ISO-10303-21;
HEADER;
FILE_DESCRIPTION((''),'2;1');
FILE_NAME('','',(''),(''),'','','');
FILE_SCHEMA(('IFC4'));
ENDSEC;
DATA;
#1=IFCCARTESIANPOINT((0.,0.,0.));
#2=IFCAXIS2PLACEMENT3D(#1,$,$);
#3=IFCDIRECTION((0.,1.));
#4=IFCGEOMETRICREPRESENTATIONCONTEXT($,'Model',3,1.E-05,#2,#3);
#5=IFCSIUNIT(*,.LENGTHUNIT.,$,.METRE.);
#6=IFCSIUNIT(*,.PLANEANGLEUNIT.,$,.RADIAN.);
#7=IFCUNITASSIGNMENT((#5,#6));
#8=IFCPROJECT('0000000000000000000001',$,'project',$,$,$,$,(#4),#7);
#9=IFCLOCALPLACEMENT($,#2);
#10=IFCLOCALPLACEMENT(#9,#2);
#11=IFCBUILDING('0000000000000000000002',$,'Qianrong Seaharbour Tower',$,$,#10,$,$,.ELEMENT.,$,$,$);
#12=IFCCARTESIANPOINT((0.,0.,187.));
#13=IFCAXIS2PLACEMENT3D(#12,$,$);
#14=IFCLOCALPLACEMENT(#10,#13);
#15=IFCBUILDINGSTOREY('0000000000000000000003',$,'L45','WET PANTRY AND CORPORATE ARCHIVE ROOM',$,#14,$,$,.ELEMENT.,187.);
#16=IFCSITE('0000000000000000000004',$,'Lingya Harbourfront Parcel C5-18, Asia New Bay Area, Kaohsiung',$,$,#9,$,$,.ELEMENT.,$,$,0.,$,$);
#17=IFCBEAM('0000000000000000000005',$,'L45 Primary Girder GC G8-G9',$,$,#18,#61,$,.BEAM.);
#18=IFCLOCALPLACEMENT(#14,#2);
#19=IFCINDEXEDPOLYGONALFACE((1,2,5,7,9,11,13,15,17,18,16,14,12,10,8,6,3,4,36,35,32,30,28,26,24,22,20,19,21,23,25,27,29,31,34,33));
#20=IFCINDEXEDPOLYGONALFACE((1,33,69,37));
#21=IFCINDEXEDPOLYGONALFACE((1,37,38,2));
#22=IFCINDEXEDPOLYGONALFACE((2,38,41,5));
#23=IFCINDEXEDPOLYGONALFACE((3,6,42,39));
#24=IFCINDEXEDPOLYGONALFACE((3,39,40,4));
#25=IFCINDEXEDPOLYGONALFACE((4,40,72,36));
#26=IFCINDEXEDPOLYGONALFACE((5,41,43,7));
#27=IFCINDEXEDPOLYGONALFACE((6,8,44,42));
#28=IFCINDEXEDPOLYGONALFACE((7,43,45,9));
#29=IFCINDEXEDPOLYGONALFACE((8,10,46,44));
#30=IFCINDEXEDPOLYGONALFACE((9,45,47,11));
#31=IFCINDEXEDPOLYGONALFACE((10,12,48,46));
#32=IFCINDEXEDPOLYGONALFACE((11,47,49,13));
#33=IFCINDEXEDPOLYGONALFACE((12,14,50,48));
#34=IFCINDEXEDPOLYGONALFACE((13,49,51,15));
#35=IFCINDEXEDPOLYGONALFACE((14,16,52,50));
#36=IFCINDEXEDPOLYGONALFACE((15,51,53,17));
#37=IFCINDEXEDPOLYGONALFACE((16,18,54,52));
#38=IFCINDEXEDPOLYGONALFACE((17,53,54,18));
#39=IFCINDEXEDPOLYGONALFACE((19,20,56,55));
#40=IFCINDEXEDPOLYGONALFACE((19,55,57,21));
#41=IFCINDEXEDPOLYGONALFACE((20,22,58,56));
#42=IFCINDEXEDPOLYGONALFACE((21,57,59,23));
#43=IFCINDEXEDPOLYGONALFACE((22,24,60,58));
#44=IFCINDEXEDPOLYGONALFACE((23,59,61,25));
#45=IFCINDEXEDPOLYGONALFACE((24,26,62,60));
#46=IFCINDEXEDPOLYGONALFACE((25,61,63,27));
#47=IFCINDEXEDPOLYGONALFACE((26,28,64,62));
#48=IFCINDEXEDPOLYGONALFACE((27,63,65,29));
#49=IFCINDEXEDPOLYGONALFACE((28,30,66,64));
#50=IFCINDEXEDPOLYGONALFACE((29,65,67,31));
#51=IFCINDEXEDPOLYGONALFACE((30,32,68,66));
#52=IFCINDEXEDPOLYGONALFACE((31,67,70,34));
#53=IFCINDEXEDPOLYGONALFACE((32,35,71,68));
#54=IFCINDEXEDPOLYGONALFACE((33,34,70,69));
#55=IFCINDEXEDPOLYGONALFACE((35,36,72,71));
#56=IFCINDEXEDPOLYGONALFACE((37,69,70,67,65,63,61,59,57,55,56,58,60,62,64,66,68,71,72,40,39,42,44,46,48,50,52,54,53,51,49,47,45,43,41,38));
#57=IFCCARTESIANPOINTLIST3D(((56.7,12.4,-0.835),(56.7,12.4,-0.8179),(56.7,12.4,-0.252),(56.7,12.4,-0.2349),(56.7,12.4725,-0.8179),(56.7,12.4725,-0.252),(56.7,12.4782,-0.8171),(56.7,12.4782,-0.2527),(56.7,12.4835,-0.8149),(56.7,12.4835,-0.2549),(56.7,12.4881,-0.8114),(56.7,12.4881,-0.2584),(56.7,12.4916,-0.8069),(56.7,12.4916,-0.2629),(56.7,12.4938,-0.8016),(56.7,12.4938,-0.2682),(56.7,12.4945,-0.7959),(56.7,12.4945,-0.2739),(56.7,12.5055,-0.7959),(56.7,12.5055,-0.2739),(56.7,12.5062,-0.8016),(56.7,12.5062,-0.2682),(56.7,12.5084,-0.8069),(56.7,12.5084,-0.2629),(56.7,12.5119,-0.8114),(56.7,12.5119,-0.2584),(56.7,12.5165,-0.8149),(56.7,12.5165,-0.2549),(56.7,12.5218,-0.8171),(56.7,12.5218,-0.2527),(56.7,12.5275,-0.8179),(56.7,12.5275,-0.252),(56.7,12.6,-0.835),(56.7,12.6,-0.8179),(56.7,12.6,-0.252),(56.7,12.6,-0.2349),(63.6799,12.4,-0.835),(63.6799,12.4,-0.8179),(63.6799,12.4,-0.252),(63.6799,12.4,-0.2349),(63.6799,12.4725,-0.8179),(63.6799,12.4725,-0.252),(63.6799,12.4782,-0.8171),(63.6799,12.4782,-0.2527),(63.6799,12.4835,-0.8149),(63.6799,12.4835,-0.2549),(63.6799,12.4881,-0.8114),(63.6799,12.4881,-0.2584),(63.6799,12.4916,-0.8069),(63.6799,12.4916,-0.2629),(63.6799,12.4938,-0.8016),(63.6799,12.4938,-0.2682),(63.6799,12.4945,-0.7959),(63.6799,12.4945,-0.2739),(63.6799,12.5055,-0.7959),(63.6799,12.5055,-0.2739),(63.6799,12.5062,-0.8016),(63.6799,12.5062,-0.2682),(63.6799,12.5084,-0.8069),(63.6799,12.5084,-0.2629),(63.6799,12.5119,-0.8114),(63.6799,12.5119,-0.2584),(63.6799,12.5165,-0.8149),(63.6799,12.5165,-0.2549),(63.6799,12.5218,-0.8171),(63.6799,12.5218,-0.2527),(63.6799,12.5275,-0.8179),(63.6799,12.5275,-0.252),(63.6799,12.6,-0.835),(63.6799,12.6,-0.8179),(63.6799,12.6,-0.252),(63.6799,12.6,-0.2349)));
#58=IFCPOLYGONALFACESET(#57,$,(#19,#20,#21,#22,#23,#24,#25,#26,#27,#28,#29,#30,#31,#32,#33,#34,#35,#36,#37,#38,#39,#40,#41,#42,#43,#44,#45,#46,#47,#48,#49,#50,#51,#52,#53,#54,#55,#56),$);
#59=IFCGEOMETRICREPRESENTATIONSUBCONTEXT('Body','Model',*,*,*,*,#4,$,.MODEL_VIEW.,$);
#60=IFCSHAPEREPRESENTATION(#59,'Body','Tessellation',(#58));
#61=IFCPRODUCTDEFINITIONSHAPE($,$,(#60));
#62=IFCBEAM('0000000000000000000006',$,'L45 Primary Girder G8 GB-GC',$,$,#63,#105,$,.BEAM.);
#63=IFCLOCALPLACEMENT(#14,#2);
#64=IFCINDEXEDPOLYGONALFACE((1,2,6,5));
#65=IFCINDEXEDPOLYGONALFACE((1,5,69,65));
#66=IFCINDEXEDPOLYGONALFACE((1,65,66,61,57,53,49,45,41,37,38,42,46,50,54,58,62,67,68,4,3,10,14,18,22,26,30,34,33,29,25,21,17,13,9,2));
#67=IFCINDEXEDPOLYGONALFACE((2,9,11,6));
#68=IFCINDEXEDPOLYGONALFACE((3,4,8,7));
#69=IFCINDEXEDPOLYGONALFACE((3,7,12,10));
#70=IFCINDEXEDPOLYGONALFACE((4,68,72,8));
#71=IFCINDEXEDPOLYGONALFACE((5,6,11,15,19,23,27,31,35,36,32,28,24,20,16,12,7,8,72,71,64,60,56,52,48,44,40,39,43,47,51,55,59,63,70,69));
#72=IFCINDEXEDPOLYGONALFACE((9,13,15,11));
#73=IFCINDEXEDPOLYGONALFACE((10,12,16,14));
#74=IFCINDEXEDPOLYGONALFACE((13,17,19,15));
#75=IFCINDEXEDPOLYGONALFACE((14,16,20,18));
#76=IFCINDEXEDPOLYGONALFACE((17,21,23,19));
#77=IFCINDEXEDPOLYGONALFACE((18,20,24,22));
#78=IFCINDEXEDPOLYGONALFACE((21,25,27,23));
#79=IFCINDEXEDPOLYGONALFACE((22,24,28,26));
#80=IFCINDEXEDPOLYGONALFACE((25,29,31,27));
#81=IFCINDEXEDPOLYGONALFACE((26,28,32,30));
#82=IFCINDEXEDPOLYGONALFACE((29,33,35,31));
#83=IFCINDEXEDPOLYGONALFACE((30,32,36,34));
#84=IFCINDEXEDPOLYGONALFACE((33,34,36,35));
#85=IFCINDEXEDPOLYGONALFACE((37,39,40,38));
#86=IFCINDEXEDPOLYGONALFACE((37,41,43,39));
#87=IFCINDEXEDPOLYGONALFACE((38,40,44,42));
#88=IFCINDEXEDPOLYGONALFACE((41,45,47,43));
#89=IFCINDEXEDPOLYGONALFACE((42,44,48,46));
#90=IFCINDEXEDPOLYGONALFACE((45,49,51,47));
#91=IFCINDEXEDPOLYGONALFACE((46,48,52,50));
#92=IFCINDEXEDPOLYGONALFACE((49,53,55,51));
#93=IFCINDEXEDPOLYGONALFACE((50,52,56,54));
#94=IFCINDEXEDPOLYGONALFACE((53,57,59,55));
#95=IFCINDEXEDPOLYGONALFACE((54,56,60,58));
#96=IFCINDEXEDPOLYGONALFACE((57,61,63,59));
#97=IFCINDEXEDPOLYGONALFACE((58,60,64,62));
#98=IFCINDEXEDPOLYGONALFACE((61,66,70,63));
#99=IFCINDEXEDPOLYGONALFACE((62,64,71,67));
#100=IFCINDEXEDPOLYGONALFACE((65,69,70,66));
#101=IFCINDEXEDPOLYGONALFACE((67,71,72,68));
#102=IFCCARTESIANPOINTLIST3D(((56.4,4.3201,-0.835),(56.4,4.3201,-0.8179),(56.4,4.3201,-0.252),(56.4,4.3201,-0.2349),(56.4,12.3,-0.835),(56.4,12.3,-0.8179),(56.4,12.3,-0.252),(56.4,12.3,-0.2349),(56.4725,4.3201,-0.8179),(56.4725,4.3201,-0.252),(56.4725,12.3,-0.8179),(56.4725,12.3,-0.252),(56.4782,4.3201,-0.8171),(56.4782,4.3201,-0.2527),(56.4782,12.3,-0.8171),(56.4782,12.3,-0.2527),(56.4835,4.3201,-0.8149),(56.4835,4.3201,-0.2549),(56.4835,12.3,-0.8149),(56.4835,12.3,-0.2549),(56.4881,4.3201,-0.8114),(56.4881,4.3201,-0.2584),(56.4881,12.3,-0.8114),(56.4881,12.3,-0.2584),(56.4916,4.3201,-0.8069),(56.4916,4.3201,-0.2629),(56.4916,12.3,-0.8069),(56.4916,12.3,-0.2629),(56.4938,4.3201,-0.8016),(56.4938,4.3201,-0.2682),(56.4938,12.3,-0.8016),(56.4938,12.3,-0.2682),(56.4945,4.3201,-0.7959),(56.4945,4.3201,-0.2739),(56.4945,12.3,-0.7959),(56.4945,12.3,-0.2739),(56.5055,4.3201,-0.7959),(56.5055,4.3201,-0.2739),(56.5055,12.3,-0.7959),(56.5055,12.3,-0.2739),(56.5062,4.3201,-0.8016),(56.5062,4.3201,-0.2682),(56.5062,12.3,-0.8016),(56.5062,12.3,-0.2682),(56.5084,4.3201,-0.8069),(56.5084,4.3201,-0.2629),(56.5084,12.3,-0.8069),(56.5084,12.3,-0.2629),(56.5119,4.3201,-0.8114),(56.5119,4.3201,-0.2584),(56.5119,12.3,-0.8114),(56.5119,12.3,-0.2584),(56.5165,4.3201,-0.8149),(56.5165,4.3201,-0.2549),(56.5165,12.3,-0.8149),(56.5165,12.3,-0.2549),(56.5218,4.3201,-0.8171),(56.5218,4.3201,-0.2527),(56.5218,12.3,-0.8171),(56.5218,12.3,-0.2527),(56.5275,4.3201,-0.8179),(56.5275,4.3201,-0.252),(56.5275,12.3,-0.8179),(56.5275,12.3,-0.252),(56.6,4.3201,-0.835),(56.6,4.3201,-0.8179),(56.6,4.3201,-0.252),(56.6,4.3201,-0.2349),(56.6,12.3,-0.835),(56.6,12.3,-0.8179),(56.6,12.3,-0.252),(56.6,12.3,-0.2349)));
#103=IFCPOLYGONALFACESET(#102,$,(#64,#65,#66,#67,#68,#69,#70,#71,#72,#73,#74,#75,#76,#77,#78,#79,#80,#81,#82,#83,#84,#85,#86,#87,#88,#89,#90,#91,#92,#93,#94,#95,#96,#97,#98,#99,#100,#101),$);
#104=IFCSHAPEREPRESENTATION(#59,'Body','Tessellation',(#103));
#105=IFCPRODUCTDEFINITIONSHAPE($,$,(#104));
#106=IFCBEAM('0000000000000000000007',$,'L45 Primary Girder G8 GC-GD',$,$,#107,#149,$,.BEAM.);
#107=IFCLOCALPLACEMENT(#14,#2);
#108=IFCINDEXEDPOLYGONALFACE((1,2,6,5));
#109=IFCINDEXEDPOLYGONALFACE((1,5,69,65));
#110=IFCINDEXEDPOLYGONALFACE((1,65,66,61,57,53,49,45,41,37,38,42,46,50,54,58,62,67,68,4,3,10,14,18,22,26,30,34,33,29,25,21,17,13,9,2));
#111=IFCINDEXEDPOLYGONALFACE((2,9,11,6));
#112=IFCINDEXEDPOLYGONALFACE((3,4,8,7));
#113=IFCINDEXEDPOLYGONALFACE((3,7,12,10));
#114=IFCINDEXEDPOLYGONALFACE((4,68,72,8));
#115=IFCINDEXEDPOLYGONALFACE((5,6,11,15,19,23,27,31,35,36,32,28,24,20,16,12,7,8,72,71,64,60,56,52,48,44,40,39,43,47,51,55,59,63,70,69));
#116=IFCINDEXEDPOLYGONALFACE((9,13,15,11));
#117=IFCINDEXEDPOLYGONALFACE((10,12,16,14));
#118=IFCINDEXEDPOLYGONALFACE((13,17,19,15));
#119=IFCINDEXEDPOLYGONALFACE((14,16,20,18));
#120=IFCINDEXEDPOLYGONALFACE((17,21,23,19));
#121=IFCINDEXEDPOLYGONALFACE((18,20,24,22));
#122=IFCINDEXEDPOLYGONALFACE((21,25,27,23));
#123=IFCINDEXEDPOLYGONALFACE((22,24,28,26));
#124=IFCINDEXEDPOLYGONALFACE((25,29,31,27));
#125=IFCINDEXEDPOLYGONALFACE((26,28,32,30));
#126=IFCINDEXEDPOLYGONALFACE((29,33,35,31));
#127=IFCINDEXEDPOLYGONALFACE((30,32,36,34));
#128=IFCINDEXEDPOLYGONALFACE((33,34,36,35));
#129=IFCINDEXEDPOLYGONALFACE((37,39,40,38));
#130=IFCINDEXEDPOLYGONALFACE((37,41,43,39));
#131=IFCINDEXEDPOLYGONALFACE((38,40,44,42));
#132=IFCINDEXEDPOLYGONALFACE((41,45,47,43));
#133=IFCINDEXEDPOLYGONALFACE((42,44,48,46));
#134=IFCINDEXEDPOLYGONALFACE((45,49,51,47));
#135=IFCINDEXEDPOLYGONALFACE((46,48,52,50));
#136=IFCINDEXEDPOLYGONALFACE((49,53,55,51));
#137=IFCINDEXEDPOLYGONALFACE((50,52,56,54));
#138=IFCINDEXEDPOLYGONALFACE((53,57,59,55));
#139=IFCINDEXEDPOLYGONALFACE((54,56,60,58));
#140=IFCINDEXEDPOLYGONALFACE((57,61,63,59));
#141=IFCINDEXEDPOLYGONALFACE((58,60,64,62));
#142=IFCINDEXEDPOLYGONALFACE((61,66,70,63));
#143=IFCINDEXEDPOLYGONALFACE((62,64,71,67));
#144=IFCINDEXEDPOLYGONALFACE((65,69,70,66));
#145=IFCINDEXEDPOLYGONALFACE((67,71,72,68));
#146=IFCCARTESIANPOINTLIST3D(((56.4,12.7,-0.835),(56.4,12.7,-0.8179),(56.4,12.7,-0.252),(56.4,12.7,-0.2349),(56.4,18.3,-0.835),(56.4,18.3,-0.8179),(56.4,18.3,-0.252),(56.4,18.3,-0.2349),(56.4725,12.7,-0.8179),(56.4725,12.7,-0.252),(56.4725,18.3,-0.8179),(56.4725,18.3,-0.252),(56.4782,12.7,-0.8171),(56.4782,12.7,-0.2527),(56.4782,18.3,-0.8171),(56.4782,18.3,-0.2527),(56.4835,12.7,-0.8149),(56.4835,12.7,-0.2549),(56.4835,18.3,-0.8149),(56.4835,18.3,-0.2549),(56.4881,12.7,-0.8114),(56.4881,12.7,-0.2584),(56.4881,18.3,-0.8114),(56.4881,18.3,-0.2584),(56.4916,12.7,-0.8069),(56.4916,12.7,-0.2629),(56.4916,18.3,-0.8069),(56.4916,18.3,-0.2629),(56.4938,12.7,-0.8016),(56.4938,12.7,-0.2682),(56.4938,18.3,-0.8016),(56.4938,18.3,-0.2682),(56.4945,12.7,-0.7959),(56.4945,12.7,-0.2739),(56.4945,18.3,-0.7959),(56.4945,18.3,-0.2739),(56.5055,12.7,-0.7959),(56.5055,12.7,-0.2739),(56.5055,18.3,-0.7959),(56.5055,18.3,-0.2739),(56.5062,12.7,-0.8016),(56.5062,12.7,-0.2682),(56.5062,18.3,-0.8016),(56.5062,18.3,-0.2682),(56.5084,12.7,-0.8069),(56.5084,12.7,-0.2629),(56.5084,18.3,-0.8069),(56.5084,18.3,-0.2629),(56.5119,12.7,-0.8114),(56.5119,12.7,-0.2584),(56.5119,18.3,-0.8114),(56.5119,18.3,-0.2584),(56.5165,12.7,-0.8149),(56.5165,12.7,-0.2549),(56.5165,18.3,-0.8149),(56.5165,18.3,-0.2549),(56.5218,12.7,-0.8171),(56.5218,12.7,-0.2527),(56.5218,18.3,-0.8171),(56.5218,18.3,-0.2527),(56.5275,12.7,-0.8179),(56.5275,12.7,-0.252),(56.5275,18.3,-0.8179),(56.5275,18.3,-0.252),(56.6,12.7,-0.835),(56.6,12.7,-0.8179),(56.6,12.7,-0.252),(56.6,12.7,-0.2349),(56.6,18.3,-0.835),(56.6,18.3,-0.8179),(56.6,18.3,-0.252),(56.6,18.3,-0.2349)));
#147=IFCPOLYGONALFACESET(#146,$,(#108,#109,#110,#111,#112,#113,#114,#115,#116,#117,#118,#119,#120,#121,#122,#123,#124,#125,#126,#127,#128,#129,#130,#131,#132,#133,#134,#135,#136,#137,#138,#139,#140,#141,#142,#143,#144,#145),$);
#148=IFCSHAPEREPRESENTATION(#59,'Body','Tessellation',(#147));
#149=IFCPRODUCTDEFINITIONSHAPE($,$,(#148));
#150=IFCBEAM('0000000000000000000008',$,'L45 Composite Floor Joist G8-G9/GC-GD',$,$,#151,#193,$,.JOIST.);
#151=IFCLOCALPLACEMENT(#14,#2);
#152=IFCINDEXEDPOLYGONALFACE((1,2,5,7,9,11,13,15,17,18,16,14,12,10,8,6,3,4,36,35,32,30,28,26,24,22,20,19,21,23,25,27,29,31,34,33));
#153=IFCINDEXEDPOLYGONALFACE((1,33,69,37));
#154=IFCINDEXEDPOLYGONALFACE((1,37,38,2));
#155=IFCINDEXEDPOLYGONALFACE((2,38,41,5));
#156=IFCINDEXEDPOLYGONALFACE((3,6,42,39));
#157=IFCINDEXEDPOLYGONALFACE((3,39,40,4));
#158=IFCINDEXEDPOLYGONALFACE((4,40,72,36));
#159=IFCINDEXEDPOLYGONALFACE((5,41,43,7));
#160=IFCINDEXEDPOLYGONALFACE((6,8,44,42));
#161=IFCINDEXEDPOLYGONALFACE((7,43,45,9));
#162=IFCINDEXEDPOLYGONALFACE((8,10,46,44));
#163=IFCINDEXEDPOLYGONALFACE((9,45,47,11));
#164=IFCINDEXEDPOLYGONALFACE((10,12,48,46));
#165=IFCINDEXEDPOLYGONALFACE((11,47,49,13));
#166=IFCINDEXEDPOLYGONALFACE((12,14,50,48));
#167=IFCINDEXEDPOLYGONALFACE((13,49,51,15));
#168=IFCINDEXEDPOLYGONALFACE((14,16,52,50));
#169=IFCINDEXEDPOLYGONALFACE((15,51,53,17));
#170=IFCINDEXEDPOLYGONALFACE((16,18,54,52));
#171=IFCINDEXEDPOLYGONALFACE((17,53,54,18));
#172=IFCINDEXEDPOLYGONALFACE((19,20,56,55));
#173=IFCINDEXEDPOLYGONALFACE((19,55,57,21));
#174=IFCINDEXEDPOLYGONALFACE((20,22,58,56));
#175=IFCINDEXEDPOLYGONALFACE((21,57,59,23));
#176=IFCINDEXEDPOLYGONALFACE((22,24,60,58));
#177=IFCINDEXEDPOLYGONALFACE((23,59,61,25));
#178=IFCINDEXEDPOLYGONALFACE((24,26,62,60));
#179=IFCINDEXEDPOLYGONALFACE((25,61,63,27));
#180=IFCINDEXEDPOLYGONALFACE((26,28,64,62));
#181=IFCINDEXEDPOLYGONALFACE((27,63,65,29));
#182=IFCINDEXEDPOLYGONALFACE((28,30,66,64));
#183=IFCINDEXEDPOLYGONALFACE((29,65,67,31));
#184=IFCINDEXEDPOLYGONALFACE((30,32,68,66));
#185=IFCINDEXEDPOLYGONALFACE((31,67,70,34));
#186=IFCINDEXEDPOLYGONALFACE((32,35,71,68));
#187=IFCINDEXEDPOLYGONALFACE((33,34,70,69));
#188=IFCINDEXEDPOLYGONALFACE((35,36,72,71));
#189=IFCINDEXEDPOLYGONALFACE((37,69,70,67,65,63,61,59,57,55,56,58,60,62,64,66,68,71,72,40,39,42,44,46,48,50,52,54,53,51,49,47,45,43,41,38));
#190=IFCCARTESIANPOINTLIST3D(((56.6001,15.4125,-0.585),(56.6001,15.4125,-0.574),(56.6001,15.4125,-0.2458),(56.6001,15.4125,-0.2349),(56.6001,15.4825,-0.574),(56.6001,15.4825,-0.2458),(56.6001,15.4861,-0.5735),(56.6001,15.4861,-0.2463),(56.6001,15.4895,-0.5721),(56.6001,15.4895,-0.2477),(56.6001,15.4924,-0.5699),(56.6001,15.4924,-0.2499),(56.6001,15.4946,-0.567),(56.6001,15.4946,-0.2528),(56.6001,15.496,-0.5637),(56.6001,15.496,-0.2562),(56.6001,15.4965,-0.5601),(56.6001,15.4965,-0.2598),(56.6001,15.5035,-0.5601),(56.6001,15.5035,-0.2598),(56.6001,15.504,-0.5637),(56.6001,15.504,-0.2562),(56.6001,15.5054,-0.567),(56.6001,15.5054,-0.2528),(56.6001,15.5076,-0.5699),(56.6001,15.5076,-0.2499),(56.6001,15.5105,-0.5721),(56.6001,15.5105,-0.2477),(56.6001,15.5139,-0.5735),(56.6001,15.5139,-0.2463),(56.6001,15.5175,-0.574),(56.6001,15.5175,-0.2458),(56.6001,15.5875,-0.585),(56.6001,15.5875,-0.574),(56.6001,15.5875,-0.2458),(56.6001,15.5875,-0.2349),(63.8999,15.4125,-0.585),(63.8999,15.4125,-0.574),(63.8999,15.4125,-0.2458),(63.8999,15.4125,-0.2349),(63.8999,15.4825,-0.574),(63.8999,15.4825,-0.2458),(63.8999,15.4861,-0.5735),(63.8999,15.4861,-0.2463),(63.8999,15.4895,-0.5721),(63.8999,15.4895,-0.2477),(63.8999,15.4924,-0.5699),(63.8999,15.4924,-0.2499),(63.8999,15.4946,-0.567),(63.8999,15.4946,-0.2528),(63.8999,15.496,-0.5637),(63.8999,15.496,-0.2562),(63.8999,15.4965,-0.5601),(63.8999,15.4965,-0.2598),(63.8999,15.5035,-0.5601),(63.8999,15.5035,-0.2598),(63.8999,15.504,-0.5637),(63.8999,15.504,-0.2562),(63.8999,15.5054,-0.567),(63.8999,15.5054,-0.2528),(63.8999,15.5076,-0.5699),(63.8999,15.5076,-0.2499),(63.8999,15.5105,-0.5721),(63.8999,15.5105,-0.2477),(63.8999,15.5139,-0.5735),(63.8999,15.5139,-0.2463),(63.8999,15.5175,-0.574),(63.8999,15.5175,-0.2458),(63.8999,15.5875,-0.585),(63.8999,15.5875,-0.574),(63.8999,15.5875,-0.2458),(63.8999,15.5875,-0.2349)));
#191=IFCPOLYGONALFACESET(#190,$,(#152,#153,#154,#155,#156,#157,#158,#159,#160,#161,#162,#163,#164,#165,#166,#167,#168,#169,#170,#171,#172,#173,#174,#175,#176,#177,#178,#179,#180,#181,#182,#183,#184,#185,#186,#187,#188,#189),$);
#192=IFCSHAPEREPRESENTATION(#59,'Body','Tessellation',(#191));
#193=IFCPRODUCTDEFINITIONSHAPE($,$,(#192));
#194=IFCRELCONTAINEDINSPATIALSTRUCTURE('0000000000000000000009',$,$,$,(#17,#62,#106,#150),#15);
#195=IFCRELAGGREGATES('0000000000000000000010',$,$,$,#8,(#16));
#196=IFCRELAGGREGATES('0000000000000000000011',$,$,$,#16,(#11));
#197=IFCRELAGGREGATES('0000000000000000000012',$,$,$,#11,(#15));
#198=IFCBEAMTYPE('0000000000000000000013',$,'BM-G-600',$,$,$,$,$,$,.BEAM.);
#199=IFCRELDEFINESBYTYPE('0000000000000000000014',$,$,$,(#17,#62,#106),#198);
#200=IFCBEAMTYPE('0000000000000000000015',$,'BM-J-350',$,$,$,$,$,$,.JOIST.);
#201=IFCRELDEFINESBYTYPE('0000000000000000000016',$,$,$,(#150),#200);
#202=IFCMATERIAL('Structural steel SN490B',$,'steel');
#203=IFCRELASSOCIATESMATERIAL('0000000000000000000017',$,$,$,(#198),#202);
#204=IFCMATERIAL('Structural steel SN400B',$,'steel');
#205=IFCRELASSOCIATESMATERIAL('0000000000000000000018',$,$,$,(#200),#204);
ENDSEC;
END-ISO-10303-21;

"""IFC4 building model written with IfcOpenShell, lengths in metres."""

from ifc_helpers import new_model, si_unit, direction, frame, origin, origin_2d, place, context, subcontext, project, spatial, i_section, extrude, material, material_profile, profile_set, type_object, element, save


model = new_model("IFC4")

# Units and contexts
model_context = context("Model", 3, precision=1e-05, world=origin(), true_north=direction((0.0, 1.0)))
body_context = subcontext(model_context, "Body", "Model", "MODEL_VIEW")
ifc_project = project(units=[si_unit("LENGTHUNIT", "METRE"), si_unit("PLANEANGLEUNIT", "RADIAN")], contexts=[model_context])

# Site, building, storey
site_placement = place(None, origin())
site = spatial("IfcSite", under=ifc_project, at=site_placement, Name="Lingya Harbourfront Parcel C5-18, Asia New Bay Area, Kaohsiung", CompositionType="ELEMENT", RefElevation=0.0)
building_placement = place(site_placement, origin())
building = spatial("IfcBuilding", under=site, at=building_placement, Name="Qianrong Seaharbour Tower", CompositionType="ELEMENT")
storey_placement = place(building_placement, frame((0.0, 0.0, 187.0)))
storey = spatial("IfcBuildingStorey", under=building, at=storey_placement, Name="L45", Description="WET PANTRY AND CORPORATE ARCHIVE ROOM", CompositionType="ELEMENT", Elevation=187.0)

# Shared definitions
ifc_material_1 = material(Name="Structural steel SN490B", Category="steel")

# Beams
ifc_material_profile_1 = material_profile(ifc_material_1, i_section(OverallWidth=0.2, OverallDepth=0.6001, WebThickness=0.011, FlangeThickness=0.0171, FilletRadius=0.022, at=origin_2d()), Name="H600x200x11x17")
ifc_profile_set_1 = profile_set([ifc_material_profile_1], Name="Structural steel SN490B")
beam_type_1 = type_object("IfcBeamType", Name="BM-G-600", PredefinedType="BEAM", material=ifc_profile_set_1)
beam_1_placement = place(storey_placement, frame((56.7, 12.5, -0.5349), z_axis=(1.0, 0.0, 0.0), x_axis=(0.0, 1.0, 0.0)))
element("IfcBeam", 1, at=beam_1_placement, inside=storey, type_object=beam_type_1, Name="L45 Primary Girder GC G8-G9", PredefinedType="BEAM", context=body_context, shape_type="SweptSolid", body=[
    extrude(i_section(OverallWidth=0.2, OverallDepth=0.6001, WebThickness=0.011, FlangeThickness=0.0171, FilletRadius=0.022, at=origin_2d()), origin(), (0.0, 0.0, 1.0), 6.98),
])
beam_2_placement = place(storey_placement, frame((56.5, 4.3201, -0.5349), z_axis=(0.0, 1.0, 0.0), x_axis=(-1.0, 0.0, 0.0)))
element("IfcBeam", 2, at=beam_2_placement, inside=storey, type_object=beam_type_1, Name="L45 Primary Girder G8 GB-GC", PredefinedType="BEAM", context=body_context, shape_type="SweptSolid", body=[
    extrude(i_section(OverallWidth=0.2, OverallDepth=0.6001, WebThickness=0.011, FlangeThickness=0.0171, FilletRadius=0.022, at=origin_2d()), origin(), (0.0, 0.0, 1.0), 7.98),
])
beam_3_placement = place(storey_placement, frame((56.5, 12.7, -0.5349), z_axis=(0.0, 1.0, 0.0), x_axis=(-1.0, 0.0, 0.0)))
element("IfcBeam", 3, at=beam_3_placement, inside=storey, type_object=beam_type_1, Name="L45 Primary Girder G8 GC-GD", PredefinedType="BEAM", context=body_context, shape_type="SweptSolid", body=[
    extrude(i_section(OverallWidth=0.2, OverallDepth=0.6001, WebThickness=0.011, FlangeThickness=0.0171, FilletRadius=0.022, at=origin_2d()), origin(), (0.0, 0.0, 1.0), 5.6001),
])
ifc_material_2 = material(Name="Structural steel SN400B", Category="steel")
ifc_material_profile_2 = material_profile(ifc_material_2, i_section(OverallWidth=0.175, OverallDepth=0.3501, WebThickness=0.0071, FlangeThickness=0.011, FilletRadius=0.0139, at=origin_2d()), Name="H350x175x7x11")
ifc_profile_set_2 = profile_set([ifc_material_profile_2], Name="Structural steel SN400B")
beam_type_2 = type_object("IfcBeamType", Name="BM-J-350", PredefinedType="JOIST", material=ifc_profile_set_2)
beam_4_placement = place(storey_placement, frame((56.6001, 15.5, -0.4099), z_axis=(1.0, 0.0, 0.0), x_axis=(0.0, 1.0, 0.0)))
element("IfcBeam", 4, at=beam_4_placement, inside=storey, type_object=beam_type_2, Name="L45 Composite Floor Joist G8-G9/GC-GD", PredefinedType="JOIST", context=body_context, shape_type="SweptSolid", body=[
    extrude(i_section(OverallWidth=0.175, OverallDepth=0.3501, WebThickness=0.0071, FlangeThickness=0.011, FilletRadius=0.0139, at=origin_2d()), origin(), (0.0, 0.0, 1.0), 7.2998),
])

save(model, "model.ifc")
